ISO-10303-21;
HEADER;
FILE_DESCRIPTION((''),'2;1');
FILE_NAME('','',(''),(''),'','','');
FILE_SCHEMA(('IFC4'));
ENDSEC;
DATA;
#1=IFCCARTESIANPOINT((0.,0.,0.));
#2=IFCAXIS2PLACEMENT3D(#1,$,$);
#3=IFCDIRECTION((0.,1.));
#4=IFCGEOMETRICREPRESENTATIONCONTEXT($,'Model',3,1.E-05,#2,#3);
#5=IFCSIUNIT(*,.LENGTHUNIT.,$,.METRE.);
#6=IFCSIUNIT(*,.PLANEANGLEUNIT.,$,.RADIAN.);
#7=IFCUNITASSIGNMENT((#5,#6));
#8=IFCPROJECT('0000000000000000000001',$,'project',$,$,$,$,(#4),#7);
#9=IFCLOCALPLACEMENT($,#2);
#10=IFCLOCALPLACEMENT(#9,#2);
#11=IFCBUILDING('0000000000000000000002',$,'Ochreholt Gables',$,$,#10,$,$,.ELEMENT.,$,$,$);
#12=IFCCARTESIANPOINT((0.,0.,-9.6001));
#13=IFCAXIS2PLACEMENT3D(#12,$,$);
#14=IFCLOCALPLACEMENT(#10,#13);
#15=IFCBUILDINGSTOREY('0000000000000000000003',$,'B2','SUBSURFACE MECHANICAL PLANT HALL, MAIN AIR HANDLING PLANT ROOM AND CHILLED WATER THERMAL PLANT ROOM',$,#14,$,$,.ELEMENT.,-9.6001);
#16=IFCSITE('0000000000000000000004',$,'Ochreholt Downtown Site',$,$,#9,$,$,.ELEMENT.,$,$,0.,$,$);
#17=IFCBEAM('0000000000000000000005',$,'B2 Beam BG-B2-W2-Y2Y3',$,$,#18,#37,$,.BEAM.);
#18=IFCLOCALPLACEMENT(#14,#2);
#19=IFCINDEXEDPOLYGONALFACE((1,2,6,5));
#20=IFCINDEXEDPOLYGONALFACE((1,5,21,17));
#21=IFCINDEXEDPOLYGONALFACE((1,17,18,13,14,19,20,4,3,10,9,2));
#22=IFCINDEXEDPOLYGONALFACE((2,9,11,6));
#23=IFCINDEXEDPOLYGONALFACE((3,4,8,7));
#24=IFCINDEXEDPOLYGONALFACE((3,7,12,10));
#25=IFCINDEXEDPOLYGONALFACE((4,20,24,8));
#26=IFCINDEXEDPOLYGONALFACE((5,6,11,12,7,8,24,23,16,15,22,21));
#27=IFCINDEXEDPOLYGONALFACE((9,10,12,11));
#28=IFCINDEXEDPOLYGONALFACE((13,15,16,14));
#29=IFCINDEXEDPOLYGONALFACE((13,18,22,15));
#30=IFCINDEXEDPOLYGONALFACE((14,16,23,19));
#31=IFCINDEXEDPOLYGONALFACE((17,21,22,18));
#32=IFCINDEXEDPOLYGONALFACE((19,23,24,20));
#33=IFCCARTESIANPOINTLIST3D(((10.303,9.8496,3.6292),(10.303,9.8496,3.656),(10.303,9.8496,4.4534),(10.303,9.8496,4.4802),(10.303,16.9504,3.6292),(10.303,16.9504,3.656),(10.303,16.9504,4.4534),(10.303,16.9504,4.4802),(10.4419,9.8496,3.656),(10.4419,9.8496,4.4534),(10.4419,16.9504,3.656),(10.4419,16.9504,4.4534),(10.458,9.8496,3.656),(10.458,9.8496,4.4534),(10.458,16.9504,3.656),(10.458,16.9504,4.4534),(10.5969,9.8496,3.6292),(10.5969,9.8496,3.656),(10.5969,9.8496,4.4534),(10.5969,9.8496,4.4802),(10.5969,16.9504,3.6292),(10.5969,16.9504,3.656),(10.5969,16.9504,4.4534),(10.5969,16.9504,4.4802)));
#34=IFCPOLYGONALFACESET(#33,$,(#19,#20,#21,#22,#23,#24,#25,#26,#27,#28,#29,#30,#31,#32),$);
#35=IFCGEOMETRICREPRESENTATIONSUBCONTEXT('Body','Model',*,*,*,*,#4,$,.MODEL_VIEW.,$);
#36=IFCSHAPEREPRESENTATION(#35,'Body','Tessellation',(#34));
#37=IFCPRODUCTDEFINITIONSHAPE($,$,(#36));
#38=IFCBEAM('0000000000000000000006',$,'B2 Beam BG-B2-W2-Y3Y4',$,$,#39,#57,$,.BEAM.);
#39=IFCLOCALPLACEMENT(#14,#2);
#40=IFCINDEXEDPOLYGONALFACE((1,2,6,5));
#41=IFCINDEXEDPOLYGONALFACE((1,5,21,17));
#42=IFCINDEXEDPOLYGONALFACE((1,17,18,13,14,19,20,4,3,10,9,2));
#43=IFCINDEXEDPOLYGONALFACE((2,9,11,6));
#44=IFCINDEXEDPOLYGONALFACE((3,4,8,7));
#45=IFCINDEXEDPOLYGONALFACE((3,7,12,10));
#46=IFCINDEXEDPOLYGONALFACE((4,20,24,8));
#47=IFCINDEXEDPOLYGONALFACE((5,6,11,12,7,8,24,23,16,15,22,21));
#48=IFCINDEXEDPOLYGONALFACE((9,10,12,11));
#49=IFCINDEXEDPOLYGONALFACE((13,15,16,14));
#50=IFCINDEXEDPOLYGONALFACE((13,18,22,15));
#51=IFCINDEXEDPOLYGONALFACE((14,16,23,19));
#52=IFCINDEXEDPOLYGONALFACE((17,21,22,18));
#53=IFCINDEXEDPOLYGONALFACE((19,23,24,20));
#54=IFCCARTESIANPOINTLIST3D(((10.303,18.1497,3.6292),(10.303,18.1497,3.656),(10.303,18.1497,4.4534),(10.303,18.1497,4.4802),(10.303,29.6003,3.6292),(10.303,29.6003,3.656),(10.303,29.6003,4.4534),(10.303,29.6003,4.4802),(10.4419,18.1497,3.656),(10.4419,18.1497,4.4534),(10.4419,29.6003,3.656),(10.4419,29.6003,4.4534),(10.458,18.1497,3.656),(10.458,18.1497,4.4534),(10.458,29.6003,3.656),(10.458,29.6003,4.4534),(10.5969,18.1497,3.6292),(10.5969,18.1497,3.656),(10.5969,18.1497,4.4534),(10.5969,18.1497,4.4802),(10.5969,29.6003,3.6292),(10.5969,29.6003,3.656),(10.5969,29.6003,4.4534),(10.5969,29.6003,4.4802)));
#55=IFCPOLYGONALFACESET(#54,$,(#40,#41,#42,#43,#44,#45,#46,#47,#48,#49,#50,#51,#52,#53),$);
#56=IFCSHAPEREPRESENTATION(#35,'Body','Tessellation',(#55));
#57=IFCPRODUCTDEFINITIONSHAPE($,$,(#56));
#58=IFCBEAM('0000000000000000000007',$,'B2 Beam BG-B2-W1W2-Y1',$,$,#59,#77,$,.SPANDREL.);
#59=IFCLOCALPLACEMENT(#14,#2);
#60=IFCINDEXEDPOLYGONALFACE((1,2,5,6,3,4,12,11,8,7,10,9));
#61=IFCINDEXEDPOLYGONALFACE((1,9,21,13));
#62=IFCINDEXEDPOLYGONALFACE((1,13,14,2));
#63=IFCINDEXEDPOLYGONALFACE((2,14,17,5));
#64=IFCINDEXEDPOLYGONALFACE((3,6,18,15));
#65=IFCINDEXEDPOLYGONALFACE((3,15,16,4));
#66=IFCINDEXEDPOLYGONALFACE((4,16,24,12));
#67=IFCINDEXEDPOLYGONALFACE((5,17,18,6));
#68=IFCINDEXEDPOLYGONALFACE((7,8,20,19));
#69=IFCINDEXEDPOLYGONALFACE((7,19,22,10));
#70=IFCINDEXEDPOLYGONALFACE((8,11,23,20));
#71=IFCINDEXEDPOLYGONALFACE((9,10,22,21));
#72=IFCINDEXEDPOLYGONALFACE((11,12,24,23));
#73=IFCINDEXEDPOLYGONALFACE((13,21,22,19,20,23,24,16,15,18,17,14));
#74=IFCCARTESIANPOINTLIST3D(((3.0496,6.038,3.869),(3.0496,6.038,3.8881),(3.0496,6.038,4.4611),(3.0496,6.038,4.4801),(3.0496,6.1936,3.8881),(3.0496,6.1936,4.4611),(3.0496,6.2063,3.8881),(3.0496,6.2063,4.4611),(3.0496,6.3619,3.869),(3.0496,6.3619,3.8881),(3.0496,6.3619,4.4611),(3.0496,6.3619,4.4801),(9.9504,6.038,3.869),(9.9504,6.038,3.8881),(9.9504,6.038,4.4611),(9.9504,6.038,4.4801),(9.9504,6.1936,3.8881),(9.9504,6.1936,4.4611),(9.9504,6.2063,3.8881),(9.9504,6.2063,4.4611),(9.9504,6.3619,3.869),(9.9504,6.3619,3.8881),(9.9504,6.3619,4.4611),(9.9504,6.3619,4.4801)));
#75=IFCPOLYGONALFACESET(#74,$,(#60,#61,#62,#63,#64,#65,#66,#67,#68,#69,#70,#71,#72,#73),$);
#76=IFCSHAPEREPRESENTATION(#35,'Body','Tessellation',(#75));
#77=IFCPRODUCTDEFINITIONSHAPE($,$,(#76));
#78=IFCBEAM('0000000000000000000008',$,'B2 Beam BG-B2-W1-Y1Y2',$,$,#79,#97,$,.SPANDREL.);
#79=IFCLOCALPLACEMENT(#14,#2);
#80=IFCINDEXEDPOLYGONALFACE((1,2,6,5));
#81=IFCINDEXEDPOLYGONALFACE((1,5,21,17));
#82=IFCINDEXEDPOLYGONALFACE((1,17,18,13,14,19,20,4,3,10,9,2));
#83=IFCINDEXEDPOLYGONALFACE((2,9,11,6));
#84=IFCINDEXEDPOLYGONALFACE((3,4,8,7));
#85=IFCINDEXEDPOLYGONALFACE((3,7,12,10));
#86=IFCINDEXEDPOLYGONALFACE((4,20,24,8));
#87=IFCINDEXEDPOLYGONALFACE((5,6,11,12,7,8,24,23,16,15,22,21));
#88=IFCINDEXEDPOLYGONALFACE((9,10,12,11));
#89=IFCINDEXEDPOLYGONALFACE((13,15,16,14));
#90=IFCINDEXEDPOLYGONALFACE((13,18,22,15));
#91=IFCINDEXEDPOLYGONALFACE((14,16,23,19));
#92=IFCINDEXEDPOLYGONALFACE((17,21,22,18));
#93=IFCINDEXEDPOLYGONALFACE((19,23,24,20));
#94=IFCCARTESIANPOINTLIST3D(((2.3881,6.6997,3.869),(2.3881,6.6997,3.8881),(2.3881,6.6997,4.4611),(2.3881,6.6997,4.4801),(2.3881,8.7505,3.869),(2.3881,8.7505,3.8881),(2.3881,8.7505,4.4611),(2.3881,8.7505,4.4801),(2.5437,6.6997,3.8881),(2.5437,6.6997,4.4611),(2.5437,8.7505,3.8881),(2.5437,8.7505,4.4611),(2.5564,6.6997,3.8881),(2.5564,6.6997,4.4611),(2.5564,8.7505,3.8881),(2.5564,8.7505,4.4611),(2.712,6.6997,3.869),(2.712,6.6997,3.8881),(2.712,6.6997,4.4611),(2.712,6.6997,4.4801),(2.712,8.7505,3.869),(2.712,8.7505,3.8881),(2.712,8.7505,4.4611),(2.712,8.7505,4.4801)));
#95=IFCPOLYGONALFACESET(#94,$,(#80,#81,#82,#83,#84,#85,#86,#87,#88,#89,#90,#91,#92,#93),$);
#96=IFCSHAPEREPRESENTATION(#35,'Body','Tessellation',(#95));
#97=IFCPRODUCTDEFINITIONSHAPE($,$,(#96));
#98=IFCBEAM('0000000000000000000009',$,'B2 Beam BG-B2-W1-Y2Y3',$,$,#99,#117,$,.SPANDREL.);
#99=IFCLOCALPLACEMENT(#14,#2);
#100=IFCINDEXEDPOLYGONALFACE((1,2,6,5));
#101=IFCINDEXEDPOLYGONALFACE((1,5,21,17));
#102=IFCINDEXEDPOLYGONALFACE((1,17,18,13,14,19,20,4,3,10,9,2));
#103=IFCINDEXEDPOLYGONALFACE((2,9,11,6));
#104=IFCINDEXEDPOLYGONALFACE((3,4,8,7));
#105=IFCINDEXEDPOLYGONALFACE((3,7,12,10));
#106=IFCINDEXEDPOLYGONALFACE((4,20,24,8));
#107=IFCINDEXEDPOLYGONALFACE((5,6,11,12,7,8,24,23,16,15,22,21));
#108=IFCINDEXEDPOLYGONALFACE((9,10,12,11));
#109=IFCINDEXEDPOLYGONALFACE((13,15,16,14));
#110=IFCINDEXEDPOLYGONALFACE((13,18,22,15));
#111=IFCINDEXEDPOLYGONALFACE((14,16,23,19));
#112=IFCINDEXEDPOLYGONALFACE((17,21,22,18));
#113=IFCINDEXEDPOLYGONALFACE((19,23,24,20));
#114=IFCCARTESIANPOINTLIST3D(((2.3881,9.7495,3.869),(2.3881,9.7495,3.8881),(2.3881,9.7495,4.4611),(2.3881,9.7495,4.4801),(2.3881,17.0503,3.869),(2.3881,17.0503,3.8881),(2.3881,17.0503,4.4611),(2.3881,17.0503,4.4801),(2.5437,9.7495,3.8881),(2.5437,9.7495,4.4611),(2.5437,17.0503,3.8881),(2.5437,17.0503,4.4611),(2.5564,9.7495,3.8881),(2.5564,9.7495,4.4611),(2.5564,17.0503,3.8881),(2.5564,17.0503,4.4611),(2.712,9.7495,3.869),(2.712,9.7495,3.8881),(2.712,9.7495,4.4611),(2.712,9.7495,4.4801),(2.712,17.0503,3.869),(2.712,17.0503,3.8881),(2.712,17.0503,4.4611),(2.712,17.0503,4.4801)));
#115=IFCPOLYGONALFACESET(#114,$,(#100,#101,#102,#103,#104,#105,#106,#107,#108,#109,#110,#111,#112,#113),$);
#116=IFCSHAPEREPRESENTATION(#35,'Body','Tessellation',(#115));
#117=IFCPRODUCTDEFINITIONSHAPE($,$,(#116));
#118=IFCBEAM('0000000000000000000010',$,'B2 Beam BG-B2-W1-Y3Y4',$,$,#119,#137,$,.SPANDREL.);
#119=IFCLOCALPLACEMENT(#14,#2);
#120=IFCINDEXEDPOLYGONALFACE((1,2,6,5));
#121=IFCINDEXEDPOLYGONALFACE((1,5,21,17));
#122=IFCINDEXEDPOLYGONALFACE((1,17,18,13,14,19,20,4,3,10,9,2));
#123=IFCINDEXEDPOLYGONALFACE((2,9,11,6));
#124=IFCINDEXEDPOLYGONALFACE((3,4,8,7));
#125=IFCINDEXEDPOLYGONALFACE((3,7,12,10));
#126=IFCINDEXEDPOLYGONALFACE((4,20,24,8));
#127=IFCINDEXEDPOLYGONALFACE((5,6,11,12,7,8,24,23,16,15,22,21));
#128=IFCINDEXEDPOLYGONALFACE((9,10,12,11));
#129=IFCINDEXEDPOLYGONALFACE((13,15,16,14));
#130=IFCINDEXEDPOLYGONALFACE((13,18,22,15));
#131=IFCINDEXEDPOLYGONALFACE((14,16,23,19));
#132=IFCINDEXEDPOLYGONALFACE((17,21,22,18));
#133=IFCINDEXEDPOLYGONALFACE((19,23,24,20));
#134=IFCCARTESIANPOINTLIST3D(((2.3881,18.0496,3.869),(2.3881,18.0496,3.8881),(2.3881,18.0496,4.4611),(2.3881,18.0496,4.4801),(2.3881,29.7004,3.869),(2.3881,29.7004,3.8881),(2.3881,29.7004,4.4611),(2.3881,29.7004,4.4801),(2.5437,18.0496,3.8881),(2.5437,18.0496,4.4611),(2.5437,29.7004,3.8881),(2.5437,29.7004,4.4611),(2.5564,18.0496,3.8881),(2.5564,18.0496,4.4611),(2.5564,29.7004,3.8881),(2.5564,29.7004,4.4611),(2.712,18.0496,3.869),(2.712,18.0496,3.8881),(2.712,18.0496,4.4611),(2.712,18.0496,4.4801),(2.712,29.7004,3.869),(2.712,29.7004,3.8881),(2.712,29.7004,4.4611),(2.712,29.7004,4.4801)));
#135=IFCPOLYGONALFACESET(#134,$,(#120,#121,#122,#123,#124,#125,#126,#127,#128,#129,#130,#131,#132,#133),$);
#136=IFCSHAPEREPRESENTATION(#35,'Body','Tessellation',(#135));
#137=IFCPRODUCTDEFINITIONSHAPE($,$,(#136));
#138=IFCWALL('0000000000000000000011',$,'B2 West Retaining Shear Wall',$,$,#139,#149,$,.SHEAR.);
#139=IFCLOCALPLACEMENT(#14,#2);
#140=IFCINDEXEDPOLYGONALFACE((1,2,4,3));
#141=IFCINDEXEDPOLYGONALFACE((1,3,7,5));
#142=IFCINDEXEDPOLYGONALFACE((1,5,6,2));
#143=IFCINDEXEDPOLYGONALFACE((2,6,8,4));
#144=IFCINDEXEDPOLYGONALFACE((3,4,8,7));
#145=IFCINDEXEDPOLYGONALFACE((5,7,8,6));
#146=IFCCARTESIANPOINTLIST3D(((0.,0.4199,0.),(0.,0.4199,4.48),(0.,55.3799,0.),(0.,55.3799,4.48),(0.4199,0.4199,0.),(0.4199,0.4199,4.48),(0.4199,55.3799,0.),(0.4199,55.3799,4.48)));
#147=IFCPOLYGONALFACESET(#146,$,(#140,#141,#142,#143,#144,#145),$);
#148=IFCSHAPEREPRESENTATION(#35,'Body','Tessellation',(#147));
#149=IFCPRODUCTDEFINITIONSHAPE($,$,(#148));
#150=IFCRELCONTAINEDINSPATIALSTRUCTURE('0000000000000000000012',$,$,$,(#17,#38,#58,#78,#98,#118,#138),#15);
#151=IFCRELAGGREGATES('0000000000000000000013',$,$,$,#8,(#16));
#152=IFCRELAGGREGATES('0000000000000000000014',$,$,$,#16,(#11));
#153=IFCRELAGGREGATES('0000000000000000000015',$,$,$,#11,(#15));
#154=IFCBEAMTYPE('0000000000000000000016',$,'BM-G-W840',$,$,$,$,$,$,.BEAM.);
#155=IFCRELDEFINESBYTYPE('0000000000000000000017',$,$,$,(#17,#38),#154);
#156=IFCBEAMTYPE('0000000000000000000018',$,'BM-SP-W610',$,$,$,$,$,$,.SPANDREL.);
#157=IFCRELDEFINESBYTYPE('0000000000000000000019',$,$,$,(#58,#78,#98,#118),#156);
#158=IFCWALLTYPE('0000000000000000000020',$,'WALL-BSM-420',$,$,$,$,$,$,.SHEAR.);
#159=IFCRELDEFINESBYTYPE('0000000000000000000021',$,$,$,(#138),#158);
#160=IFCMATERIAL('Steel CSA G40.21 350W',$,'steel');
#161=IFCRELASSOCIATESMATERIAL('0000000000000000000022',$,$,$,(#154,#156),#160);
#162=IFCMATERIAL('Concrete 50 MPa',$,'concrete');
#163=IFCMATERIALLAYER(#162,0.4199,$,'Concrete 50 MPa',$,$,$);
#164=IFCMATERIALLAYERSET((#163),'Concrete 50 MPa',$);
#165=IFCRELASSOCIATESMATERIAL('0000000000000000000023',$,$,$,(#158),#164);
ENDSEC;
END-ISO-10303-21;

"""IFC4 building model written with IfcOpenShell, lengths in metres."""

from ifc_helpers import new_model, si_unit, direction, frame, frame_2d, origin, origin_2d, place, context, subcontext, project, spatial, rectangle, i_section, extrude, material, layer, layer_set, material_profile, profile_set, type_object, element, save


model = new_model("IFC4")

# Units and contexts
model_context = context("Model", 3, precision=1e-05, world=origin(), true_north=direction((0.0, 1.0)))
body_context = subcontext(model_context, "Body", "Model", "MODEL_VIEW")
ifc_project = project(units=[si_unit("LENGTHUNIT", "METRE"), si_unit("PLANEANGLEUNIT", "RADIAN")], contexts=[model_context])

# Site, building, storey
site_placement = place(None, origin())
site = spatial("IfcSite", under=ifc_project, at=site_placement, Name="Ochreholt Downtown Site", CompositionType="ELEMENT", RefElevation=0.0)
building_placement = place(site_placement, origin())
building = spatial("IfcBuilding", under=site, at=building_placement, Name="Ochreholt Gables", CompositionType="ELEMENT")
storey_placement = place(building_placement, frame((0.0, 0.0, -9.6001)))
storey = spatial("IfcBuildingStorey", under=building, at=storey_placement, Name="B2", Description="SUBSURFACE MECHANICAL PLANT HALL, MAIN AIR HANDLING PLANT ROOM AND CHILLED WATER THERMAL PLANT ROOM", CompositionType="ELEMENT", Elevation=-9.6001)

# Shared definitions
ifc_material_1 = material(Name="Concrete 50 MPa", Category="concrete")

# Beams
ifc_material_2 = material(Name="Steel CSA G40.21 350W", Category="steel")
ifc_material_profile_1 = material_profile(ifc_material_2, i_section(OverallWidth=0.2939, OverallDepth=0.8511, WebThickness=0.0161, FlangeThickness=0.0269, at=origin_2d()), Name="W840X226")
ifc_profile_set_1 = profile_set([ifc_material_profile_1], Name="Steel CSA G40.21 350W")
beam_type_1 = type_object("IfcBeamType", Name="BM-G-W840", PredefinedType="BEAM", material=ifc_profile_set_1)
beam_1_placement = place(storey_placement, frame((10.45, 9.8496, 4.0547), z_axis=(0.0, 1.0, 0.0), x_axis=(-1.0, 0.0, 0.0)))
element("IfcBeam", 1, at=beam_1_placement, inside=storey, type_object=beam_type_1, Name="B2 Beam BG-B2-W2-Y2Y3", PredefinedType="BEAM", context=body_context, shape_type="SweptSolid", body=[
    extrude(i_section(OverallWidth=0.2939, OverallDepth=0.8511, WebThickness=0.0161, FlangeThickness=0.0269, at=origin_2d()), origin(), (0.0, 0.0, 1.0), 7.1008),
])
beam_2_placement = place(storey_placement, frame((10.45, 18.1497, 4.0547), z_axis=(0.0, 1.0, 0.0), x_axis=(-1.0, 0.0, 0.0)))
element("IfcBeam", 2, at=beam_2_placement, inside=storey, type_object=beam_type_1, Name="B2 Beam BG-B2-W2-Y3Y4", PredefinedType="BEAM", context=body_context, shape_type="SweptSolid", body=[
    extrude(i_section(OverallWidth=0.2939, OverallDepth=0.8511, WebThickness=0.0161, FlangeThickness=0.0269, at=origin_2d()), origin(), (0.0, 0.0, 1.0), 11.4507),
])
ifc_material_profile_2 = material_profile(ifc_material_2, i_section(OverallWidth=0.324, OverallDepth=0.6111, WebThickness=0.0127, FlangeThickness=0.019, at=origin_2d()), Name="W610X155")
ifc_profile_set_2 = profile_set([ifc_material_profile_2], Name="Steel CSA G40.21 350W")
beam_type_2 = type_object("IfcBeamType", Name="BM-SP-W610", PredefinedType="SPANDREL", material=ifc_profile_set_2)
beam_3_placement = place(storey_placement, frame((3.0496, 6.2, 4.1746), z_axis=(1.0, 0.0, 0.0), x_axis=(0.0, 1.0, 0.0)))
element("IfcBeam", 3, at=beam_3_placement, inside=storey, type_object=beam_type_2, Name="B2 Beam BG-B2-W1W2-Y1", PredefinedType="SPANDREL", context=body_context, shape_type="SweptSolid", body=[
    extrude(i_section(OverallWidth=0.324, OverallDepth=0.6111, WebThickness=0.0127, FlangeThickness=0.019, at=origin_2d()), origin(), (0.0, 0.0, 1.0), 6.9009),
])
beam_4_placement = place(storey_placement, frame((2.55, 6.6997, 4.1746), z_axis=(0.0, 1.0, 0.0), x_axis=(-1.0, 0.0, 0.0)))
element("IfcBeam", 4, at=beam_4_placement, inside=storey, type_object=beam_type_2, Name="B2 Beam BG-B2-W1-Y1Y2", PredefinedType="SPANDREL", context=body_context, shape_type="SweptSolid", body=[
    extrude(i_section(OverallWidth=0.324, OverallDepth=0.6111, WebThickness=0.0127, FlangeThickness=0.019, at=origin_2d()), origin(), (0.0, 0.0, 1.0), 2.0508),
])
beam_5_placement = place(storey_placement, frame((2.55, 9.7495, 4.1746), z_axis=(0.0, 1.0, 0.0), x_axis=(-1.0, 0.0, 0.0)))
element("IfcBeam", 5, at=beam_5_placement, inside=storey, type_object=beam_type_2, Name="B2 Beam BG-B2-W1-Y2Y3", PredefinedType="SPANDREL", context=body_context, shape_type="SweptSolid", body=[
    extrude(i_section(OverallWidth=0.324, OverallDepth=0.6111, WebThickness=0.0127, FlangeThickness=0.019, at=origin_2d()), origin(), (0.0, 0.0, 1.0), 7.3008),
])
beam_6_placement = place(storey_placement, frame((2.55, 18.0496, 4.1746), z_axis=(0.0, 1.0, 0.0), x_axis=(-1.0, 0.0, 0.0)))
element("IfcBeam", 6, at=beam_6_placement, inside=storey, type_object=beam_type_2, Name="B2 Beam BG-B2-W1-Y3Y4", PredefinedType="SPANDREL", context=body_context, shape_type="SweptSolid", body=[
    extrude(i_section(OverallWidth=0.324, OverallDepth=0.6111, WebThickness=0.0127, FlangeThickness=0.019, at=origin_2d()), origin(), (0.0, 0.0, 1.0), 11.6509),
])

# Wall
ifc_layer = layer(ifc_material_1, 0.4199, Name="Concrete 50 MPa")
ifc_layer_set = layer_set([ifc_layer], Name="Concrete 50 MPa")
wall_type = type_object("IfcWallType", Name="WALL-BSM-420", PredefinedType="SHEAR", material=ifc_layer_set)
wall_placement = place(storey_placement, frame((0.21, 0.4199, 0.0), z_axis=(0.0, 0.0, 1.0), x_axis=(0.0, 1.0, 0.0)))
element("IfcWall", 7, at=wall_placement, inside=storey, type_object=wall_type, Name="B2 West Retaining Shear Wall", PredefinedType="SHEAR", context=body_context, shape_type="SweptSolid", body=[
    extrude(rectangle(XDim=54.96, YDim=0.4199, at=frame_2d((27.48, 0.0))), origin(), (0.0, 0.0, 1.0), 4.48),
])

save(model, "model.ifc")
